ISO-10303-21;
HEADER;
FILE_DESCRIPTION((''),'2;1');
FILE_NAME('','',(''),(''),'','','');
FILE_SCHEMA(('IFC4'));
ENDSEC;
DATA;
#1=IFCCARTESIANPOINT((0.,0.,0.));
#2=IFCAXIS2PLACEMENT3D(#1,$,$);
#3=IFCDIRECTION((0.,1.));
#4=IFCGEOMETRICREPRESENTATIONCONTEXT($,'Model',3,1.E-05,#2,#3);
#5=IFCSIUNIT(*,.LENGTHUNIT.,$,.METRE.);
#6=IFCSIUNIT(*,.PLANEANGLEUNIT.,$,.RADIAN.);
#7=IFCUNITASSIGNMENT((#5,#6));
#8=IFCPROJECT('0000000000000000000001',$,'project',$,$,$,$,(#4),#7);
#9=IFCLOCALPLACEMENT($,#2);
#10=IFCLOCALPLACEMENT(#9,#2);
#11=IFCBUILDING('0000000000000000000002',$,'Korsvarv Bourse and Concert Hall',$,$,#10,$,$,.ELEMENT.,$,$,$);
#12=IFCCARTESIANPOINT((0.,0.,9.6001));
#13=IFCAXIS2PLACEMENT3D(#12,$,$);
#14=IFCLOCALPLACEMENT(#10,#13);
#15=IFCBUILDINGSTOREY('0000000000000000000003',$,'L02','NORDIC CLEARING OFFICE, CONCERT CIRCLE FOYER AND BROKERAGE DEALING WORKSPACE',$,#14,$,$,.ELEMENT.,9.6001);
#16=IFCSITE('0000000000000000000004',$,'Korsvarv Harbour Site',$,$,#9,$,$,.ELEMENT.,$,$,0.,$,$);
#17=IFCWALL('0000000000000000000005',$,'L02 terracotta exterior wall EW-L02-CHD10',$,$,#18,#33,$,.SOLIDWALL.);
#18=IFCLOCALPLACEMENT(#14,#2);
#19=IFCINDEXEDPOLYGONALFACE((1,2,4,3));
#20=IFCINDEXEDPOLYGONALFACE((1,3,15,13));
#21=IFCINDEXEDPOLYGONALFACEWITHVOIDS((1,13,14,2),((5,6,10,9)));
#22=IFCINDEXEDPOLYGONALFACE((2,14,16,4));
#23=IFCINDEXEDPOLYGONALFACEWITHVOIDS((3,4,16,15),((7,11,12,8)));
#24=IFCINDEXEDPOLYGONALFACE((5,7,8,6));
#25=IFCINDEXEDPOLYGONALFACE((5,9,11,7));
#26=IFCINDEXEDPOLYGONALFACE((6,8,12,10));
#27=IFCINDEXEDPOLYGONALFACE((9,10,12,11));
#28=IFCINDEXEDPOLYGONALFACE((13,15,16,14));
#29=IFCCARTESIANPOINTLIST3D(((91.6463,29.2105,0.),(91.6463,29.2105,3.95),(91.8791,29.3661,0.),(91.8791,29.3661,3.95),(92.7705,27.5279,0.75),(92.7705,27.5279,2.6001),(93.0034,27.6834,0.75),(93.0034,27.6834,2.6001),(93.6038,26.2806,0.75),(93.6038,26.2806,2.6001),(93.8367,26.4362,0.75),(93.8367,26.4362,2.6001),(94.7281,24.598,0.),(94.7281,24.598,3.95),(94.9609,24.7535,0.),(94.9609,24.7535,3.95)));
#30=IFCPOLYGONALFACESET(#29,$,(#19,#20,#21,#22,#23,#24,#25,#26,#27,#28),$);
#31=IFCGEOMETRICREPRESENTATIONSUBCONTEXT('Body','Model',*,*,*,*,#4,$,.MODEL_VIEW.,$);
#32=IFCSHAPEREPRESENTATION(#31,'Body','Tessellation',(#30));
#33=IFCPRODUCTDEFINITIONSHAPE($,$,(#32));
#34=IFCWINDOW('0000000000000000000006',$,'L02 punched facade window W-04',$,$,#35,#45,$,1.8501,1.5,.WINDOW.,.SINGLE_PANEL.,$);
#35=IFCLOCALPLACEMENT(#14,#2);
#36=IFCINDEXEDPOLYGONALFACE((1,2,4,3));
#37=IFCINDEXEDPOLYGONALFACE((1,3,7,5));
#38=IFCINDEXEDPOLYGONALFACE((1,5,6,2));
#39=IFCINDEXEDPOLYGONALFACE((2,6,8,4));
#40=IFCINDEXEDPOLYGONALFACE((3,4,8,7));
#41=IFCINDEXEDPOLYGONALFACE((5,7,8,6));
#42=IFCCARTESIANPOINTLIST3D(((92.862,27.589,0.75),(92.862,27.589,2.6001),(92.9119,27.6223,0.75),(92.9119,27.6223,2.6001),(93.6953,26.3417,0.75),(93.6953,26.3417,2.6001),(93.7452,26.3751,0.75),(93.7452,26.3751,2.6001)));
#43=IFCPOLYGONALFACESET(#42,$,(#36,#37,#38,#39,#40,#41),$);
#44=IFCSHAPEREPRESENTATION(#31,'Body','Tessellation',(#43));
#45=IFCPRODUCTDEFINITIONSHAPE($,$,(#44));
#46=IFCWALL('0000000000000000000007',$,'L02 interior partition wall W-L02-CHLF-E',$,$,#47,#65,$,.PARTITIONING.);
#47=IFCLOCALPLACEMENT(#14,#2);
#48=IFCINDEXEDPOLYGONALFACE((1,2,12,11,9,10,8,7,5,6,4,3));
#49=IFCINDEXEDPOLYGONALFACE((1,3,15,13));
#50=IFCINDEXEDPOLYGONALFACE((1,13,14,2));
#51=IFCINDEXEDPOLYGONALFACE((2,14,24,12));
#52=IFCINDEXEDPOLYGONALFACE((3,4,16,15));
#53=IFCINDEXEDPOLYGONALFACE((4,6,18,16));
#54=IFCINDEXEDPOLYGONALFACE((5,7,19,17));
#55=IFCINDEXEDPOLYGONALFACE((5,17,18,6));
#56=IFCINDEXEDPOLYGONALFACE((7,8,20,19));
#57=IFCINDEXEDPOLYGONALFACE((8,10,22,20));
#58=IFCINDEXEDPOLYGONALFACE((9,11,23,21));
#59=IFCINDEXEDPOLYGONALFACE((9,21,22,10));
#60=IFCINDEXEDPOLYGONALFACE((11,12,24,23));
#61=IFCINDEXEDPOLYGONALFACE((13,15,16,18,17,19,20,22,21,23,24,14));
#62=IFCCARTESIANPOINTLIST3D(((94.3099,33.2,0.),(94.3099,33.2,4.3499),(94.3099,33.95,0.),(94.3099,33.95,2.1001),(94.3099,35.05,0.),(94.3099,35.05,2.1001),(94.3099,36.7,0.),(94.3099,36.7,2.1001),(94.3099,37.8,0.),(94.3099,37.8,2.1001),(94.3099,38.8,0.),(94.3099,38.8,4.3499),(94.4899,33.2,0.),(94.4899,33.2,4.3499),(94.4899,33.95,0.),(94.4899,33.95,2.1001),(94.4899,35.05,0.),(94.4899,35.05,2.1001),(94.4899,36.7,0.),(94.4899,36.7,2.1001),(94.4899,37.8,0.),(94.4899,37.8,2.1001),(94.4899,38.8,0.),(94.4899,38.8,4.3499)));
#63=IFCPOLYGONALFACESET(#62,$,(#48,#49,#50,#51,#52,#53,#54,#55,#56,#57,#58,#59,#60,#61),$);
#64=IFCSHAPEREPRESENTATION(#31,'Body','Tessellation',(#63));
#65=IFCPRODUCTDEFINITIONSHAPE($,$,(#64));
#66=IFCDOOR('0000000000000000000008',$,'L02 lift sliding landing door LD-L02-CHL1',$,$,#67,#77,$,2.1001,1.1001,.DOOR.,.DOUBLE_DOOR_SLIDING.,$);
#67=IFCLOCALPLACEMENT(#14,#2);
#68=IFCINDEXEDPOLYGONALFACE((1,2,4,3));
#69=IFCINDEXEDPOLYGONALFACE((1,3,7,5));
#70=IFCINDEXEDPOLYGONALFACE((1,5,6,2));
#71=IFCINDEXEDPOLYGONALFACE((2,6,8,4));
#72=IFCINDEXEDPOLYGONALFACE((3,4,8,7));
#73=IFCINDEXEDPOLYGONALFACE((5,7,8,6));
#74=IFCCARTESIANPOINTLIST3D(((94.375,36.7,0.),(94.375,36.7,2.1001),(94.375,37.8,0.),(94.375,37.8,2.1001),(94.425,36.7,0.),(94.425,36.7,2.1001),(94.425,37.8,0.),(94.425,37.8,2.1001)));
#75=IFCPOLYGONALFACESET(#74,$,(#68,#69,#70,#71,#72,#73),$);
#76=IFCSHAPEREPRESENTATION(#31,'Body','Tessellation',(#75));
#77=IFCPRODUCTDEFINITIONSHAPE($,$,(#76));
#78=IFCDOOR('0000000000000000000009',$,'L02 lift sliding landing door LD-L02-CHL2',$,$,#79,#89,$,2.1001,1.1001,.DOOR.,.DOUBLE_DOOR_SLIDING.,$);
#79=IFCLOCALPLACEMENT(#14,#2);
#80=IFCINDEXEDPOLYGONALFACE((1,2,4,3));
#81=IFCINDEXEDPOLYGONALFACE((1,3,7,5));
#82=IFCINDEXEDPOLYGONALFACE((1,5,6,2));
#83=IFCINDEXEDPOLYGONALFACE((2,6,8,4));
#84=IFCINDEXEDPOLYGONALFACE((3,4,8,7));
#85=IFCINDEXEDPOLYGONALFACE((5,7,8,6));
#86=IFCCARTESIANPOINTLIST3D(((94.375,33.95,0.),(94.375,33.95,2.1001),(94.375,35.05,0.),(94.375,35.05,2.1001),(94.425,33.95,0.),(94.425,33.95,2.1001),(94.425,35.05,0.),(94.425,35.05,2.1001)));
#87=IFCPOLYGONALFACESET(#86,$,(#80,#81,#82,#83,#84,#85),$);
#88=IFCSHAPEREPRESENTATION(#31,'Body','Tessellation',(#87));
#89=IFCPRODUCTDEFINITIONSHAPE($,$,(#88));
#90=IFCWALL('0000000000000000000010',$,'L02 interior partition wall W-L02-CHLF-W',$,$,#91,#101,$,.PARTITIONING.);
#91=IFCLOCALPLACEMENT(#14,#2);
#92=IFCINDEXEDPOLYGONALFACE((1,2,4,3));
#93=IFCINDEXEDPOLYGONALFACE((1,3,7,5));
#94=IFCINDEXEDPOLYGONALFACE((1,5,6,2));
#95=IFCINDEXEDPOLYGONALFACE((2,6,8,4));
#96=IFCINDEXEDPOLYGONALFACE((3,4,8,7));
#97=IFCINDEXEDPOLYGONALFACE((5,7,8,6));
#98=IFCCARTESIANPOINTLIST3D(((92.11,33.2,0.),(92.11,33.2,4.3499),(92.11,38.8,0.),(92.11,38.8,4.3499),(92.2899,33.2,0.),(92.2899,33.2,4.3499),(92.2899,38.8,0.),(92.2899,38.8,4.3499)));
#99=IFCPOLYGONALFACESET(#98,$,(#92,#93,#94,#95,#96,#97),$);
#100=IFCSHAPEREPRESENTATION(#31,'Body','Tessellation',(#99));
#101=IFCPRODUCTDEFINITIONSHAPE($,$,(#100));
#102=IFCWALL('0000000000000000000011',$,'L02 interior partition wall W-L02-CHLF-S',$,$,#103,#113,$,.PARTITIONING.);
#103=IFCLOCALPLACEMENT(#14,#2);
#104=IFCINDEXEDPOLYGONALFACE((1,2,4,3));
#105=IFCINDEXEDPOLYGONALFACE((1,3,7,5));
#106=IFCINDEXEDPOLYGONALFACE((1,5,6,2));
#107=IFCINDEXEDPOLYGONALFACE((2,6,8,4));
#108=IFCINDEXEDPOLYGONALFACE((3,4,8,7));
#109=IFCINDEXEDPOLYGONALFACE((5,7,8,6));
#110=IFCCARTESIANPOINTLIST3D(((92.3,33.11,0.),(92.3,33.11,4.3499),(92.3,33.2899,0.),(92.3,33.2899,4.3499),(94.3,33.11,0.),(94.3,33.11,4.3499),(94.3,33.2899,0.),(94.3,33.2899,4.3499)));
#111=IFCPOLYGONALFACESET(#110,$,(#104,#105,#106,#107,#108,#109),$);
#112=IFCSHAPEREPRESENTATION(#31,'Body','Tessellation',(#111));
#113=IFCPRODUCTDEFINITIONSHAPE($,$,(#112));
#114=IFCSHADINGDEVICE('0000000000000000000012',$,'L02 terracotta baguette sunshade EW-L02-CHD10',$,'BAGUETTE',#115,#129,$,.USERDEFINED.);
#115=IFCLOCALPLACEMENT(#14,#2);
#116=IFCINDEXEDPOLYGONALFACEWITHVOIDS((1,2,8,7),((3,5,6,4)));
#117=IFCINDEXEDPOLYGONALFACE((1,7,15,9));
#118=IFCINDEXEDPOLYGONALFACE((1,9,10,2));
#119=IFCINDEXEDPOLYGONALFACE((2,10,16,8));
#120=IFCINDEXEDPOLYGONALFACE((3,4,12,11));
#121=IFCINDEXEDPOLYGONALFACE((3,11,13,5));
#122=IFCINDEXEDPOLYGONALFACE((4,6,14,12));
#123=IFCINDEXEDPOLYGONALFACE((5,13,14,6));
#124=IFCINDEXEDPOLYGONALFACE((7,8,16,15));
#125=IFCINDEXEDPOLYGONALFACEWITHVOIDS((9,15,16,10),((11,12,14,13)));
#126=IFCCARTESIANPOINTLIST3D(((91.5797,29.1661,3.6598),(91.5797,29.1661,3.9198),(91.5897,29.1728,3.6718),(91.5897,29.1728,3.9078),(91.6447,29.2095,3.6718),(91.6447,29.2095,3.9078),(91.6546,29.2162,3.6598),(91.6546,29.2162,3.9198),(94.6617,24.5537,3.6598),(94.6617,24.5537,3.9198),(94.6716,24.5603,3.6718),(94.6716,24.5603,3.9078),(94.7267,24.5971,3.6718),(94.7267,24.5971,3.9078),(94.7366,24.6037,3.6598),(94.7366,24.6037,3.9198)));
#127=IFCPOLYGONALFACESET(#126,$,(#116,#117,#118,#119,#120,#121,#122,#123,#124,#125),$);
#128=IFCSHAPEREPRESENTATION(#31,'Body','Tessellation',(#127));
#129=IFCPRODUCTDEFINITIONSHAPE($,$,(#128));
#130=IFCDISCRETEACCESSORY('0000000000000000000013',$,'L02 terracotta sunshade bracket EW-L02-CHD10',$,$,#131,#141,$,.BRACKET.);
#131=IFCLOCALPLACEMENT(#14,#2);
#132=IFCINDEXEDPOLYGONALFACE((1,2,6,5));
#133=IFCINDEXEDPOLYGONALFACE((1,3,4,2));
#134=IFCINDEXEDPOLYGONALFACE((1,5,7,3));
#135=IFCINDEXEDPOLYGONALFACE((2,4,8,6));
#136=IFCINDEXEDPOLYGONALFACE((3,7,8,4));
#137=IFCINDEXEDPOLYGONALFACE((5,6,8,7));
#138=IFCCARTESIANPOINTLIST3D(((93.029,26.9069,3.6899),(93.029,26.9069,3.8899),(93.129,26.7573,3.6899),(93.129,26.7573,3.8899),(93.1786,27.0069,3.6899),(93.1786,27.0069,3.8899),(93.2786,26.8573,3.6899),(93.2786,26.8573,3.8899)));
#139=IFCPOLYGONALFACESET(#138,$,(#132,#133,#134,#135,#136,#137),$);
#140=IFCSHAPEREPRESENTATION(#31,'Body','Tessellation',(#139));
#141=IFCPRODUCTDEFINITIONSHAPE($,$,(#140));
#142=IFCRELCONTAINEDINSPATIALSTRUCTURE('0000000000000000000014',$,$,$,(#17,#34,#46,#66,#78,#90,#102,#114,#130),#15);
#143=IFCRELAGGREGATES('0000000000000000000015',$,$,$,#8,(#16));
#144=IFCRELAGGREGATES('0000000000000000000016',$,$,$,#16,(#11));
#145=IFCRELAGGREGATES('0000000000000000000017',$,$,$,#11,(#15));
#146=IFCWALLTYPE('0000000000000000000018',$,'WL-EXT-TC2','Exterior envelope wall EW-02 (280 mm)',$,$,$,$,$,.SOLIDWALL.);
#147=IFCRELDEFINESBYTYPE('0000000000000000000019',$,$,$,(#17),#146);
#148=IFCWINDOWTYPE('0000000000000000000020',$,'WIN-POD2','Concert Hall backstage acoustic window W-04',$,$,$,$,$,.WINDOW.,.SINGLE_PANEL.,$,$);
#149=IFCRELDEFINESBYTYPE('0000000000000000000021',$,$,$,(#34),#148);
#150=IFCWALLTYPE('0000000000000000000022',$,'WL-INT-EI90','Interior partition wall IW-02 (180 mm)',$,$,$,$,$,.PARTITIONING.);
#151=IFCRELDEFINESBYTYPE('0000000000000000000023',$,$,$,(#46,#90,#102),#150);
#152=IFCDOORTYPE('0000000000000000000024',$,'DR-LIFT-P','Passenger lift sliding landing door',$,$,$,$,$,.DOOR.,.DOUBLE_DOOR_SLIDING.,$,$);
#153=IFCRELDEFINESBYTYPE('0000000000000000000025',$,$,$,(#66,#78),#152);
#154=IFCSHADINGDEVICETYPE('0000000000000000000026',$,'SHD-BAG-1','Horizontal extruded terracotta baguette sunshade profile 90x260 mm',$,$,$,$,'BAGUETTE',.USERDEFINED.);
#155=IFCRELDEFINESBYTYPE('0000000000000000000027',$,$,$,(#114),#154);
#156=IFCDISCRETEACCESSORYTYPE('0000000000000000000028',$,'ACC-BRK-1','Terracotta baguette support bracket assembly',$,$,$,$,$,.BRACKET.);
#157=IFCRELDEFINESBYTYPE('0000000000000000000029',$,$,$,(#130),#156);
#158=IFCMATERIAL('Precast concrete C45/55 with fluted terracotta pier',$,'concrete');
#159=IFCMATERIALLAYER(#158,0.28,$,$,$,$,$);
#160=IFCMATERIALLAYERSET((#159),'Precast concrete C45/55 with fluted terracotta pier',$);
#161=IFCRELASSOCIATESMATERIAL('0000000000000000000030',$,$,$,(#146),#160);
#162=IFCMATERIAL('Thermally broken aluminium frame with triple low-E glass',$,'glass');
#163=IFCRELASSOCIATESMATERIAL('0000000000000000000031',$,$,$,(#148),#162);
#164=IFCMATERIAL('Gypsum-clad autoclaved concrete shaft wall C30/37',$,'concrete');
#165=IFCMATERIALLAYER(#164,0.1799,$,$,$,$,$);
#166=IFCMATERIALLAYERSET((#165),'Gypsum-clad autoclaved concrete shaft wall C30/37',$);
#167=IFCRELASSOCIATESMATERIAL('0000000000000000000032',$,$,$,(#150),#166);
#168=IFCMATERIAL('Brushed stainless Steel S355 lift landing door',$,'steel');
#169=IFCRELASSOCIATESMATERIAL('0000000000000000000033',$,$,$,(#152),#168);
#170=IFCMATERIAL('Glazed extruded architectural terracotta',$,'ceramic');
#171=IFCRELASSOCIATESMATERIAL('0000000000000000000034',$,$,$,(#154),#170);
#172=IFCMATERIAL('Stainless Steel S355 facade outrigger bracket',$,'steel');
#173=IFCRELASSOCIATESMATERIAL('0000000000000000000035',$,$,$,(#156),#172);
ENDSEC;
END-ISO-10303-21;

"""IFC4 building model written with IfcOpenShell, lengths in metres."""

from ifc_helpers import new_model, si_unit, direction, frame, frame_2d, origin, origin_2d, place, context, subcontext, project, spatial, rectangle, hollow_rectangle, extrude, source, transform, mapped, material, layer, layer_set, material_profile, profile_set, type_object, element, fill, save


model = new_model("IFC4")

# Units and contexts
model_context = context("Model", 3, precision=1e-05, world=origin(), true_north=direction((0.0, 1.0)))
body_context = subcontext(model_context, "Body", "Model", "MODEL_VIEW")
ifc_project = project(units=[si_unit("LENGTHUNIT", "METRE"), si_unit("PLANEANGLEUNIT", "RADIAN")], contexts=[model_context])

# Site, building, storey
site_placement = place(None, origin())
site = spatial("IfcSite", under=ifc_project, at=site_placement, Name="Korsvarv Harbour Site", CompositionType="ELEMENT", RefElevation=0.0)
building_placement = place(site_placement, origin())
building = spatial("IfcBuilding", under=site, at=building_placement, Name="Korsvarv Bourse and Concert Hall", CompositionType="ELEMENT")
storey_placement = place(building_placement, frame((0.0, 0.0, 9.6001)))
storey = spatial("IfcBuildingStorey", under=building, at=storey_placement, Name="L02", Description="NORDIC CLEARING OFFICE, CONCERT CIRCLE FOYER AND BROKERAGE DEALING WORKSPACE", CompositionType="ELEMENT", Elevation=9.6001)

# Shared definitions
ifc_material_1 = material(Name="Precast concrete C45/55 with fluted terracotta pier", Category="concrete")
ifc_layer_1 = layer(ifc_material_1, 0.28)
ifc_layer_set_1 = layer_set([ifc_layer_1], Name="Precast concrete C45/55 with fluted terracotta pier")
wall_type_1 = type_object("IfcWallType", Name="WL-EXT-TC2", Description="Exterior envelope wall EW-02 (280 mm)", PredefinedType="SOLIDWALL", material=ifc_layer_set_1)

# Wall, opening, window
wall_1_placement = place(storey_placement, frame((91.7627, 29.2883, 0.0), z_axis=(0.0, 0.0, 1.0), x_axis=(0.555543, -0.831488, 0.0)))
wall_1 = element("IfcWall", 1, at=wall_1_placement, inside=storey, type_object=wall_type_1, Name="L02 terracotta exterior wall EW-L02-CHD10", PredefinedType="SOLIDWALL", context=body_context, shape_type="SweptSolid", body=[
    extrude(rectangle(XDim=5.5474, YDim=0.28, at=frame_2d((2.7737, 0.0))), origin(), (0.0, 0.0, 1.0), 3.95),
])
opening_1_placement = place(wall_1_placement, frame((2.0237, 0.0, 0.75)))
opening_1 = element("IfcOpeningElement", 2, at=opening_1_placement, cuts=wall_1, PredefinedType="OPENING", context=body_context, shape_type="SweptSolid", body=[
    extrude(rectangle(XDim=1.5, YDim=1.8501, at=frame_2d((0.75, 0.925))), frame((0.0, 0.1499, 0.0), z_axis=(0.0, -1.0, 0.0), x_axis=(1.0, 0.0, 0.0)), (0.0, 0.0, 1.0), 0.3),
])
ifc_material_2 = material(Name="Thermally broken aluminium frame with triple low-E glass", Category="glass")
window_type = type_object("IfcWindowType", Name="WIN-POD2", Description="Concert Hall backstage acoustic window W-04", PartitioningType="SINGLE_PANEL", PredefinedType="WINDOW", material=ifc_material_2)
window_placement = place(opening_1_placement, origin())
window = element("IfcWindow", 3, at=window_placement, inside=storey, type_object=window_type, Name="L02 punched facade window W-04", OverallHeight=1.8501, OverallWidth=1.5, PartitioningType="SINGLE_PANEL", PredefinedType="WINDOW", context=body_context, shape_type="SweptSolid", body=[
    extrude(rectangle(XDim=1.5, YDim=1.8501, at=frame_2d((0.75, 0.925))), frame((0.0, 0.03, 0.0), z_axis=(0.0, -1.0, 0.0), x_axis=(1.0, 0.0, 0.0)), (0.0, 0.0, 1.0), 0.0601),
])
fill(opening_1, window)

# Wall, openings, doors
ifc_material_3 = material(Name="Gypsum-clad autoclaved concrete shaft wall C30/37", Category="concrete")
ifc_layer_2 = layer(ifc_material_3, 0.1799)
ifc_layer_set_2 = layer_set([ifc_layer_2], Name="Gypsum-clad autoclaved concrete shaft wall C30/37")
wall_type_2 = type_object("IfcWallType", Name="WL-INT-EI90", Description="Interior partition wall IW-02 (180 mm)", PredefinedType="PARTITIONING", material=ifc_layer_set_2)
wall_2_placement = place(storey_placement, frame((94.3999, 33.2, 0.0), z_axis=(0.0, 0.0, 1.0), x_axis=(0.0, 1.0, 0.0)))
wall_2 = element("IfcWall", 4, at=wall_2_placement, inside=storey, type_object=wall_type_2, Name="L02 interior partition wall W-L02-CHLF-E", PredefinedType="PARTITIONING", context=body_context, shape_type="SweptSolid", body=[
    extrude(rectangle(XDim=5.6001, YDim=0.1799, at=frame_2d((2.8, 0.0))), origin(), (0.0, 0.0, 1.0), 4.3499),
])
opening_2_placement = place(wall_2_placement, frame((3.5, 0.0, 0.0)))
opening_2 = element("IfcOpeningElement", 5, at=opening_2_placement, cuts=wall_2, PredefinedType="OPENING", context=body_context, shape_type="SweptSolid", body=[
    extrude(rectangle(XDim=1.1001, YDim=2.1001, at=frame_2d((0.55, 1.05))), frame((0.0, 0.1001, 0.0), z_axis=(0.0, -1.0, 0.0), x_axis=(1.0, 0.0, 0.0)), (0.0, 0.0, 1.0), 0.2),
])
opening_3_placement = place(wall_2_placement, frame((0.75, 0.0, 0.0)))
opening_3 = element("IfcOpeningElement", 6, at=opening_3_placement, cuts=wall_2, PredefinedType="OPENING", context=body_context, shape_type="SweptSolid", body=[
    extrude(rectangle(XDim=1.1001, YDim=2.1001, at=frame_2d((0.55, 1.05))), frame((0.0, 0.1001, 0.0), z_axis=(0.0, -1.0, 0.0), x_axis=(1.0, 0.0, 0.0)), (0.0, 0.0, 1.0), 0.2),
])
ifc_material_4 = material(Name="Brushed stainless Steel S355 lift landing door", Category="steel")
door_type_1 = type_object("IfcDoorType", Name="DR-LIFT-P", Description="Passenger lift sliding landing door", OperationType="DOUBLE_DOOR_SLIDING", PredefinedType="DOOR", material=ifc_material_4)
door_1_placement = place(opening_2_placement, origin())
door_1 = element("IfcDoor", 7, at=door_1_placement, inside=storey, type_object=door_type_1, Name="L02 lift sliding landing door LD-L02-CHL1", OperationType="DOUBLE_DOOR_SLIDING", OverallHeight=2.1001, OverallWidth=1.1001, PredefinedType="DOOR", context=body_context, shape_type="SweptSolid", body=[
    extrude(rectangle(XDim=1.1001, YDim=2.1001, at=frame_2d((0.55, 1.05))), frame((0.0, 0.0249, 0.0), z_axis=(0.0, -1.0, 0.0), x_axis=(1.0, 0.0, 0.0)), (0.0, 0.0, 1.0), 0.05),
])
fill(opening_2, door_1)
door_2_placement = place(opening_3_placement, origin())
door_2 = element("IfcDoor", 8, at=door_2_placement, inside=storey, type_object=door_type_1, Name="L02 lift sliding landing door LD-L02-CHL2", OperationType="DOUBLE_DOOR_SLIDING", OverallHeight=2.1001, OverallWidth=1.1001, PredefinedType="DOOR", context=body_context, shape_type="SweptSolid", body=[
    extrude(rectangle(XDim=1.1001, YDim=2.1001, at=frame_2d((0.55, 1.05))), frame((0.0, 0.0249, 0.0), z_axis=(0.0, -1.0, 0.0), x_axis=(1.0, 0.0, 0.0)), (0.0, 0.0, 1.0), 0.05),
])
fill(opening_3, door_2)

# Walls
wall_3_placement = place(storey_placement, frame((92.2, 33.2, 0.0), z_axis=(0.0, 0.0, 1.0), x_axis=(0.0, 1.0, 0.0)))
element("IfcWall", 9, at=wall_3_placement, inside=storey, type_object=wall_type_2, Name="L02 interior partition wall W-L02-CHLF-W", PredefinedType="PARTITIONING", context=body_context, shape_type="SweptSolid", body=[
    extrude(rectangle(XDim=5.6001, YDim=0.1799, at=frame_2d((2.8, 0.0))), origin(), (0.0, 0.0, 1.0), 4.3499),
])
wall_4_placement = place(storey_placement, frame((92.3, 33.2, 0.0), z_axis=(0.0, 0.0, 1.0), x_axis=(1.0, 0.0, 0.0)))
element("IfcWall", 10, at=wall_4_placement, inside=storey, type_object=wall_type_2, Name="L02 interior partition wall W-L02-CHLF-S", PredefinedType="PARTITIONING", context=body_context, shape_type="SweptSolid", body=[
    extrude(rectangle(XDim=2.0, YDim=0.1799, at=frame_2d((1.0, 0.0))), origin(), (0.0, 0.0, 1.0), 4.3499),
])

# Shading device
ifc_material_5 = material(Name="Glazed extruded architectural terracotta", Category="ceramic")
ifc_material_profile_1 = material_profile(ifc_material_5, hollow_rectangle(XDim=0.0901, YDim=0.26, WallThickness=0.012, at=origin_2d()), Name="TC-BAG 90x260")
ifc_profile_set_1 = profile_set([ifc_material_profile_1], Name="Glazed extruded architectural terracotta")
shading_device_type = type_object("IfcShadingDeviceType", Name="SHD-BAG-1", Description="Horizontal extruded terracotta baguette sunshade profile 90x260 mm", ElementType="BAGUETTE", PredefinedType="USERDEFINED", material=ifc_profile_set_1)
shared_shape_1 = source(origin(), body_context, "Body", "SweptSolid", [
    extrude(hollow_rectangle(XDim=0.0901, YDim=0.26, WallThickness=0.012, at=origin_2d()), origin(), (0.0, 0.0, 1.0), 5.5474),
])
shading_device_placement = place(storey_placement, frame((91.6172, 29.1912, 3.7898), z_axis=(0.555573, -0.831468, 0.0), x_axis=(0.831468, 0.555573, 0.0)))
element("IfcShadingDevice", 11, at=shading_device_placement, inside=storey, type_object=shading_device_type, Name="L02 terracotta baguette sunshade EW-L02-CHD10", ObjectType="BAGUETTE", PredefinedType="USERDEFINED", context=body_context, shape_type="MappedRepresentation", body=[
    mapped(shared_shape_1, transform((0.0, 0.0, 0.0), scale=1.0)),
])

# Discrete accessory
ifc_material_6 = material(Name="Stainless Steel S355 facade outrigger bracket", Category="steel")
discrete_accessory_type = type_object("IfcDiscreteAccessoryType", Name="ACC-BRK-1", Description="Terracotta baguette support bracket assembly", PredefinedType="BRACKET", material=ifc_material_6)
shared_shape_2 = source(origin(), body_context, "Body", "SweptSolid", [
    extrude(rectangle(XDim=0.1799, YDim=0.1799, at=origin_2d()), origin(), (0.0, 0.0, 1.0), 0.2),
])
discrete_accessory_placement = place(storey_placement, frame((93.1538, 26.8821, 3.6899), z_axis=(0.0, 0.0, 1.0), x_axis=(0.55557, -0.83147, 0.0)))
element("IfcDiscreteAccessory", 12, at=discrete_accessory_placement, inside=storey, type_object=discrete_accessory_type, Name="L02 terracotta sunshade bracket EW-L02-CHD10", PredefinedType="BRACKET", context=body_context, shape_type="MappedRepresentation", body=[
    mapped(shared_shape_2, transform((0.0, 0.0, 0.0), scale=1.0)),
])

save(model, "model.ifc")
